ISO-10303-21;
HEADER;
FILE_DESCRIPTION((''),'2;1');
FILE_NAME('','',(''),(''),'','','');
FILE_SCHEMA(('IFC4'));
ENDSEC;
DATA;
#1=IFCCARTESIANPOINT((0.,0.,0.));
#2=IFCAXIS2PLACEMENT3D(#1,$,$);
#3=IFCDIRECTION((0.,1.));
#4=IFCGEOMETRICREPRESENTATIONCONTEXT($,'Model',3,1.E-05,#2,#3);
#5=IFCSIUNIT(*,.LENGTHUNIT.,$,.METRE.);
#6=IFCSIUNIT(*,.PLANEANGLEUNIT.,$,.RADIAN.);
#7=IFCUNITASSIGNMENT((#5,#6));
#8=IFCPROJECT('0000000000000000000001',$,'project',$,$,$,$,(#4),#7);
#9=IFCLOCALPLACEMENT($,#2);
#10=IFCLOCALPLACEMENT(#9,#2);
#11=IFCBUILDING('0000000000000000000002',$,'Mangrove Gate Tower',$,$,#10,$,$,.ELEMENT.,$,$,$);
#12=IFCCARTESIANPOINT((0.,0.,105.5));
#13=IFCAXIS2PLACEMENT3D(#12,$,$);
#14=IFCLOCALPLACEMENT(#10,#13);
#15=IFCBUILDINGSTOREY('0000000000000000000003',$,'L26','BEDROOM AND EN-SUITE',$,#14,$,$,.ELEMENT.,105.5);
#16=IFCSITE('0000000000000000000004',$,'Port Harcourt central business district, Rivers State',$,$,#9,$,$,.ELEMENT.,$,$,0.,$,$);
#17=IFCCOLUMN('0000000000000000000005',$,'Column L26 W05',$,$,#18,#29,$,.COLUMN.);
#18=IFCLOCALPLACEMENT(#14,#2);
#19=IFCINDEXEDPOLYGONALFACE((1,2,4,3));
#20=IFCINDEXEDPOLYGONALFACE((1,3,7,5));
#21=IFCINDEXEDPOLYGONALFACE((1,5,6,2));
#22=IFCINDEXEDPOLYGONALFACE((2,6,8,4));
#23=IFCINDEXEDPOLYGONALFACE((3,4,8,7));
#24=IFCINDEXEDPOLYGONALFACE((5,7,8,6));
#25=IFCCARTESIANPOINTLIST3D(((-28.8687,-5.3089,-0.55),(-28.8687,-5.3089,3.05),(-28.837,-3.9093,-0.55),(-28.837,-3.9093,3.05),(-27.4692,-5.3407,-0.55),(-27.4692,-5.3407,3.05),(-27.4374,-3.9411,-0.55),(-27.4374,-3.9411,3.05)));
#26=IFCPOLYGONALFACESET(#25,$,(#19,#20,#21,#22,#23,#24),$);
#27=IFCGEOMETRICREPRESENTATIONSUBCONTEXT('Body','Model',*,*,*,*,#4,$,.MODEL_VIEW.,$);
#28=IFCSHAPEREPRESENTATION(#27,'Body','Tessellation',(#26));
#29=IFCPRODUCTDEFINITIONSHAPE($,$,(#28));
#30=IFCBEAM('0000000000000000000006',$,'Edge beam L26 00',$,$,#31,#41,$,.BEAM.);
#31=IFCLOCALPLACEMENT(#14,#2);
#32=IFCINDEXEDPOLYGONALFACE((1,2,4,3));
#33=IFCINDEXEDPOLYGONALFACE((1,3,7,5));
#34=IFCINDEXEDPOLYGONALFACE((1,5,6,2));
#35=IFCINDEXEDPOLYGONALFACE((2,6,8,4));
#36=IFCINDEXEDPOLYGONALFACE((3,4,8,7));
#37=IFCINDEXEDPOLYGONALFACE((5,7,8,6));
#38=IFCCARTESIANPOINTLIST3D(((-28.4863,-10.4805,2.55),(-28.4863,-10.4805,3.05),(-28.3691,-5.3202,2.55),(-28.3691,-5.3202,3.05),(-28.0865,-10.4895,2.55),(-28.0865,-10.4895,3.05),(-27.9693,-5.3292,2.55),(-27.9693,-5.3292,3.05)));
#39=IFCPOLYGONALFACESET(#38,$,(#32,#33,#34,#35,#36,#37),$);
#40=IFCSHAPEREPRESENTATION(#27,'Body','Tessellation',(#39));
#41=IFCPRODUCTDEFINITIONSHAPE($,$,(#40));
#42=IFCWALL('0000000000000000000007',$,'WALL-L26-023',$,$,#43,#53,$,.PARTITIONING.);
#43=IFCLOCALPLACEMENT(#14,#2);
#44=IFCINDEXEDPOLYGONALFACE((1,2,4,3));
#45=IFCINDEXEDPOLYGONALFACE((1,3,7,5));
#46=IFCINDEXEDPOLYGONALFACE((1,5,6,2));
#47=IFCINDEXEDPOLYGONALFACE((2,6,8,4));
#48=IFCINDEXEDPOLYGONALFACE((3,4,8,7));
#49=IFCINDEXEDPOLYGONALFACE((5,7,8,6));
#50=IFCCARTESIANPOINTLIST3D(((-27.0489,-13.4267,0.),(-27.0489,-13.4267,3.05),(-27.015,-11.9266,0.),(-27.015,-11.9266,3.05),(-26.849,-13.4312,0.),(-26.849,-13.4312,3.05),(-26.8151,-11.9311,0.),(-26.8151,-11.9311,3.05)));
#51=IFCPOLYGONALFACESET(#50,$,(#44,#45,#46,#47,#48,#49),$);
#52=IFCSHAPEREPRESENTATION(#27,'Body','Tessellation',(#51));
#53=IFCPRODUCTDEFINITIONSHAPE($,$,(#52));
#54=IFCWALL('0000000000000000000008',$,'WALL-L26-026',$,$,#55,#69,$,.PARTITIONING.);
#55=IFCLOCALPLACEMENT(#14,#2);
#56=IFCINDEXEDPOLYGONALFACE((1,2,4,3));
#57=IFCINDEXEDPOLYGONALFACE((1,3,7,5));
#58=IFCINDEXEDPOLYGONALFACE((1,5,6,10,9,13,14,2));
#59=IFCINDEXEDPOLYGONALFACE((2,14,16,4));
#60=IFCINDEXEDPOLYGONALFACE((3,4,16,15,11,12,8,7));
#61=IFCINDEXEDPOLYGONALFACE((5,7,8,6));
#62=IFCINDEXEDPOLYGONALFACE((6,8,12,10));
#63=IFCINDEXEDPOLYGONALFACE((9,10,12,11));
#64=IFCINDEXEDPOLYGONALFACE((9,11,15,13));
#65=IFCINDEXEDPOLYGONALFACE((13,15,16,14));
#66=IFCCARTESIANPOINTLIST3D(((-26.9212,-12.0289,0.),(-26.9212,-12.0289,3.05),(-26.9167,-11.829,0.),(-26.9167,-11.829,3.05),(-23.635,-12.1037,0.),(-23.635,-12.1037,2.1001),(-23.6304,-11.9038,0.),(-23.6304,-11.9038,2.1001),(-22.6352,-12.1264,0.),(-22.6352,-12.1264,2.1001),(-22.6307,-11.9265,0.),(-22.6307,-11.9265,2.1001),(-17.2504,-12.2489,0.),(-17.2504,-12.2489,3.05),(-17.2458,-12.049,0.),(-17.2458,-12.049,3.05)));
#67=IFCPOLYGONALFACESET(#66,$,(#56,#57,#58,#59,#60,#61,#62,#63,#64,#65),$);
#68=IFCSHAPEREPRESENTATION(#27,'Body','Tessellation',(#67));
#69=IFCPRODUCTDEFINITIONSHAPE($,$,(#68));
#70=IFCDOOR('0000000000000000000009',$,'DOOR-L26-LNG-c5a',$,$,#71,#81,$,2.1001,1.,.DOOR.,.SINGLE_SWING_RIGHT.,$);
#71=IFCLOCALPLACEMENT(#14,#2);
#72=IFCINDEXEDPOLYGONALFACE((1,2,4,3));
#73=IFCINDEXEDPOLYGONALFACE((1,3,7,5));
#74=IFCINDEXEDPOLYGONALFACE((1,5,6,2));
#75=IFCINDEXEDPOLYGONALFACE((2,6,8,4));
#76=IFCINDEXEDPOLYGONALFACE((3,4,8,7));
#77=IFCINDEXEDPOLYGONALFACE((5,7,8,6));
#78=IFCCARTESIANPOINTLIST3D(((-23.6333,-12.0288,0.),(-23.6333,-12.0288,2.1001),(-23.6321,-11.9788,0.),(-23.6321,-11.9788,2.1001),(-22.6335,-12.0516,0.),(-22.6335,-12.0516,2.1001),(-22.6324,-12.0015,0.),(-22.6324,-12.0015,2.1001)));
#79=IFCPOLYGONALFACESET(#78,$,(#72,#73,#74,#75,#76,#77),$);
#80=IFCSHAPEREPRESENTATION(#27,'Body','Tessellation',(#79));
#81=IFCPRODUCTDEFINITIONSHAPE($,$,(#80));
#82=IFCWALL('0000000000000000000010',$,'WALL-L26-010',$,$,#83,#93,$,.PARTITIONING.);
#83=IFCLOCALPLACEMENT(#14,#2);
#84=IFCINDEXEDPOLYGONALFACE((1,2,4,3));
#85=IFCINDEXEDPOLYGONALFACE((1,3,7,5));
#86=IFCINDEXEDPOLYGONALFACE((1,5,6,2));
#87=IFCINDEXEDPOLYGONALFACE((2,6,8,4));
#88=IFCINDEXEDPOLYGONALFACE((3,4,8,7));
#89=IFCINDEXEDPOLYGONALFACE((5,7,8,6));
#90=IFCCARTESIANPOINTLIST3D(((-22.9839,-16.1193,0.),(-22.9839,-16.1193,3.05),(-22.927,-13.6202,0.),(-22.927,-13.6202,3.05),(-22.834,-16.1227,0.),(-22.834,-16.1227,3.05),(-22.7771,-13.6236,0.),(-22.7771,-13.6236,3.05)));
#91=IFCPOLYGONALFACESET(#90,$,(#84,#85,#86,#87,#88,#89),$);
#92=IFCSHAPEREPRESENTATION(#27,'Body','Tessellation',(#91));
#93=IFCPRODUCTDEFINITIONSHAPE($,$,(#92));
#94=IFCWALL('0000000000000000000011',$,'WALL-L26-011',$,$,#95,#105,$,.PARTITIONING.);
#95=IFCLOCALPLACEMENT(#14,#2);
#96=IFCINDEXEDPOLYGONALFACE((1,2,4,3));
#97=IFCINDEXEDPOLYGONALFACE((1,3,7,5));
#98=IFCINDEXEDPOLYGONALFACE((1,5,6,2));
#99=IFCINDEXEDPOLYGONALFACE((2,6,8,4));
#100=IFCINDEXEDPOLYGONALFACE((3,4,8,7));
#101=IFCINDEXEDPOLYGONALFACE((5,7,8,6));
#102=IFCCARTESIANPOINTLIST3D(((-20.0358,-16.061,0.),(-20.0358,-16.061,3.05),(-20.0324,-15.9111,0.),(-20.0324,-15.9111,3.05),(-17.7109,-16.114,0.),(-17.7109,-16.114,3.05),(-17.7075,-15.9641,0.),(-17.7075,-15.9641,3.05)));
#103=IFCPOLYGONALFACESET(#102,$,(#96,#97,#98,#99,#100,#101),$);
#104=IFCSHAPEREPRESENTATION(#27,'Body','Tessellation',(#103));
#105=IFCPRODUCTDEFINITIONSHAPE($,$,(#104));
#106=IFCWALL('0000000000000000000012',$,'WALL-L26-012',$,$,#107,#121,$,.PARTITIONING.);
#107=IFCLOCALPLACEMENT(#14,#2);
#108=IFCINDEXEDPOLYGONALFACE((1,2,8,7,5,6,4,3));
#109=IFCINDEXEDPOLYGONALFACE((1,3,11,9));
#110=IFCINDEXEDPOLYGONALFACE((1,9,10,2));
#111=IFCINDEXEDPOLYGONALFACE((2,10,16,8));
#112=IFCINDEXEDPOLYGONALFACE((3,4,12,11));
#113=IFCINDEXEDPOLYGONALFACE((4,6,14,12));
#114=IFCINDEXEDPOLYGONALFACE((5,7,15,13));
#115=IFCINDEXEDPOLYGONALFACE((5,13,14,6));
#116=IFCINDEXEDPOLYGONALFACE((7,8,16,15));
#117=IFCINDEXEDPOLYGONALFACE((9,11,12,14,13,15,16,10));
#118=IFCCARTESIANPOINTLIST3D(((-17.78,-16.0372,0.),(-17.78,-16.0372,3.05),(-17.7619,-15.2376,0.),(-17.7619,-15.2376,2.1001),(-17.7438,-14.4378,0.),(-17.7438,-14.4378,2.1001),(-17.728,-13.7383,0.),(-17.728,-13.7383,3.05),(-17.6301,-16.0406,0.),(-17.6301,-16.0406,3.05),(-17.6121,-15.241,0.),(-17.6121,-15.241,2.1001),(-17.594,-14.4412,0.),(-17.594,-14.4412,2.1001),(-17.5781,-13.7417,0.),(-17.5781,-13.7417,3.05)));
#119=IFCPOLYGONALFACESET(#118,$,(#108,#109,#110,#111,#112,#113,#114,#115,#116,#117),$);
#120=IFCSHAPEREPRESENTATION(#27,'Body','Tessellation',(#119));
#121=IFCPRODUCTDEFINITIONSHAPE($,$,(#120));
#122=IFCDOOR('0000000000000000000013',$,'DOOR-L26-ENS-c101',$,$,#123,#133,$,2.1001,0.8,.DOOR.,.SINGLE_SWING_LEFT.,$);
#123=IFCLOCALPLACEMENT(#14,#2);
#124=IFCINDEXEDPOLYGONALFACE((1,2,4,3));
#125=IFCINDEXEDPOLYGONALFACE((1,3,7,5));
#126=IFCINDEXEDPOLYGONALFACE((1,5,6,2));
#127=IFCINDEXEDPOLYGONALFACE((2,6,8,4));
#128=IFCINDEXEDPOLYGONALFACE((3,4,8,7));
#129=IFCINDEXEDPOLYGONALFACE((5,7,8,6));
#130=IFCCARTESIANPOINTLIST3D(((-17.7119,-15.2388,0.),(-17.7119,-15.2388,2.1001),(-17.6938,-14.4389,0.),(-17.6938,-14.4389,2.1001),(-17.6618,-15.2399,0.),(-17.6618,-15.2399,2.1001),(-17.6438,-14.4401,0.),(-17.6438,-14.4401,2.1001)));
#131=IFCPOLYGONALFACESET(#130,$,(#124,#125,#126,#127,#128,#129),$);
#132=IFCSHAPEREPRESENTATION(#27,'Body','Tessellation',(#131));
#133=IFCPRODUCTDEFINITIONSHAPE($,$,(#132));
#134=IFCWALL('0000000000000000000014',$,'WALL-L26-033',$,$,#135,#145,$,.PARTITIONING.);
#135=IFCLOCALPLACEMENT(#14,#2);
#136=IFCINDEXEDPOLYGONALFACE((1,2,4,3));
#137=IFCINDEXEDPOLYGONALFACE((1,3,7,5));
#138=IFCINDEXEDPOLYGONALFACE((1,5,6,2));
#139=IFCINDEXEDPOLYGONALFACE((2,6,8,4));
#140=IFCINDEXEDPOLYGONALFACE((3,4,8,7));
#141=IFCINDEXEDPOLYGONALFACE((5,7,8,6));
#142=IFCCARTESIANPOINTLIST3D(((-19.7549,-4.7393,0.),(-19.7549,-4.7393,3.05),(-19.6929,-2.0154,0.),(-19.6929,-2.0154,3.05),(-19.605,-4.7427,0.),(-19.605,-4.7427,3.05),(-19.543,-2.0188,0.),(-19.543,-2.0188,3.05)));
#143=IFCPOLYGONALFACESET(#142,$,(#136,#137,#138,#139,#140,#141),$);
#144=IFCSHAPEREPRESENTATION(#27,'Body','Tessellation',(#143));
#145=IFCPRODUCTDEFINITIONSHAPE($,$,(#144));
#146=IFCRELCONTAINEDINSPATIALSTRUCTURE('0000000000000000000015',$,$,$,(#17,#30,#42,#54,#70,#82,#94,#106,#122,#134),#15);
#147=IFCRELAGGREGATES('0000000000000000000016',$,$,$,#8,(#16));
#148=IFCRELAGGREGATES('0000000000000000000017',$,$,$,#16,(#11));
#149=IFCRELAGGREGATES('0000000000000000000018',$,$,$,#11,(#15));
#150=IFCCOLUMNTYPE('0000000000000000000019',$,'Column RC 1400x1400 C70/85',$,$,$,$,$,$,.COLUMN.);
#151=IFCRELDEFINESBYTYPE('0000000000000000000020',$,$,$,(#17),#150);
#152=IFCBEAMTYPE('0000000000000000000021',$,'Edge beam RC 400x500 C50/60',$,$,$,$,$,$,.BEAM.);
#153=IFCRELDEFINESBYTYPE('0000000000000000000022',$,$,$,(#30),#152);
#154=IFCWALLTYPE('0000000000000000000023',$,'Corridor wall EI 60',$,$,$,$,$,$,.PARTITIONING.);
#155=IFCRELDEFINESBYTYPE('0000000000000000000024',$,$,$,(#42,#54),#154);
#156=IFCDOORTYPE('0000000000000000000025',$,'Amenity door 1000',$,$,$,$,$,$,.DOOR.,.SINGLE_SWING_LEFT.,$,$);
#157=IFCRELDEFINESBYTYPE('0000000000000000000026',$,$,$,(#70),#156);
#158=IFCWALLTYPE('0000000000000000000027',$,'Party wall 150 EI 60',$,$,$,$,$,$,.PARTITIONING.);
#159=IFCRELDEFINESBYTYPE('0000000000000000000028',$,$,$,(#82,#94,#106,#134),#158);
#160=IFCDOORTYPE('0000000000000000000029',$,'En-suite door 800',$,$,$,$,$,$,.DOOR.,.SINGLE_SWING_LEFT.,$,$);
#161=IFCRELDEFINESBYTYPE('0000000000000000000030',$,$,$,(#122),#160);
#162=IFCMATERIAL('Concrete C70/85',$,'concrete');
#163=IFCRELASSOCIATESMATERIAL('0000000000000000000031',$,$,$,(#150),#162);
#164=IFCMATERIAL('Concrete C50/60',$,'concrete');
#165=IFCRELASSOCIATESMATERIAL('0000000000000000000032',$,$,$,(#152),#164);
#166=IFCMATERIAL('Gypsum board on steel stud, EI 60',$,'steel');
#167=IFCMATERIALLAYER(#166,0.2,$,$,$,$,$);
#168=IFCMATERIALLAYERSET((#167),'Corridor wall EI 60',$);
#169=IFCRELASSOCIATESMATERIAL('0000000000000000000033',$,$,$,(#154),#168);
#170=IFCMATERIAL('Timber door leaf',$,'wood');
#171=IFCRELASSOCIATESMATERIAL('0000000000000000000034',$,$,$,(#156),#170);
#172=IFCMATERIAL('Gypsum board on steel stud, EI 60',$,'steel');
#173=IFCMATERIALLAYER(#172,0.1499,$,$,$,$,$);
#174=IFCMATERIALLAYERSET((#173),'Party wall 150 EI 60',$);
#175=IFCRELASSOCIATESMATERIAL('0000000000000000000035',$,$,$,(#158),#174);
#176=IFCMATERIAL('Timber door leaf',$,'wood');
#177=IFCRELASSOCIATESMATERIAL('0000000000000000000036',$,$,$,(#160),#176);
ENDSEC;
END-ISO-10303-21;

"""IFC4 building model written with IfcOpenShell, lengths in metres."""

from ifc_helpers import new_model, si_unit, direction, frame, frame_2d, origin, origin_2d, place, context, subcontext, project, spatial, rectangle, extrude, material, layer, layer_set, material_profile, profile_set, type_object, element, fill, save


model = new_model("IFC4")

# Units and contexts
model_context = context("Model", 3, precision=1e-05, world=origin(), true_north=direction((0.0, 1.0)))
body_context = subcontext(model_context, "Body", "Model", "MODEL_VIEW")
ifc_project = project(units=[si_unit("LENGTHUNIT", "METRE"), si_unit("PLANEANGLEUNIT", "RADIAN")], contexts=[model_context])

# Site, building, storey
site_placement = place(None, origin())
site = spatial("IfcSite", under=ifc_project, at=site_placement, Name="Port Harcourt central business district, Rivers State", CompositionType="ELEMENT", RefElevation=0.0)
building_placement = place(site_placement, origin())
building = spatial("IfcBuilding", under=site, at=building_placement, Name="Mangrove Gate Tower", CompositionType="ELEMENT")
storey_placement = place(building_placement, frame((0.0, 0.0, 105.5)))
storey = spatial("IfcBuildingStorey", under=building, at=storey_placement, Name="L26", Description="BEDROOM AND EN-SUITE", CompositionType="ELEMENT", Elevation=105.5)

# Column
ifc_material_1 = material(Name="Concrete C70/85", Category="concrete")
ifc_material_profile_1 = material_profile(ifc_material_1, rectangle(XDim=1.3999, YDim=1.3999, at=origin_2d()))
ifc_profile_set_1 = profile_set([ifc_material_profile_1], Name="Concrete C70/85")
column_type = type_object("IfcColumnType", Name="Column RC 1400x1400 C70/85", PredefinedType="COLUMN", material=ifc_profile_set_1)
column_placement = place(storey_placement, frame((-28.1531, -4.625, -0.55), z_axis=(0.0, 0.0, 1.0), x_axis=(-0.022696, -0.999742, 0.0)))
element("IfcColumn", 1, at=column_placement, inside=storey, type_object=column_type, Name="Column L26 W05", PredefinedType="COLUMN", context=body_context, shape_type="SweptSolid", body=[
    extrude(rectangle(XDim=1.3999, YDim=1.3999, at=origin_2d()), origin(), (0.0, 0.0, 1.0), 3.6001),
])

# Beam
ifc_material_2 = material(Name="Concrete C50/60", Category="concrete")
ifc_material_profile_2 = material_profile(ifc_material_2, rectangle(XDim=0.3999, YDim=0.5, at=origin_2d()))
ifc_profile_set_2 = profile_set([ifc_material_profile_2], Name="Concrete C50/60")
beam_type = type_object("IfcBeamType", Name="Edge beam RC 400x500 C50/60", PredefinedType="BEAM", material=ifc_profile_set_2)
beam_placement = place(storey_placement, frame((-28.1692, -5.3247, 2.8), z_axis=(-0.022703, -0.999742, 0.0), x_axis=(0.999742, -0.022703, 0.0)))
element("IfcBeam", 2, at=beam_placement, inside=storey, type_object=beam_type, Name="Edge beam L26 00", PredefinedType="BEAM", context=body_context, shape_type="SweptSolid", body=[
    extrude(rectangle(XDim=0.3999, YDim=0.5, at=origin_2d()), origin(), (0.0, 0.0, 1.0), 5.1616),
])

# Shared definitions
ifc_material_3 = material(Name="Gypsum board on steel stud, EI 60", Category="steel")
ifc_layer_1 = layer(ifc_material_3, 0.2)
ifc_layer_set_1 = layer_set([ifc_layer_1], Name="Corridor wall EI 60")
wall_type_1 = type_object("IfcWallType", Name="Corridor wall EI 60", PredefinedType="PARTITIONING", material=ifc_layer_set_1)
ifc_material_4 = material(Name="Timber door leaf", Category="wood")
door_type_1 = type_object("IfcDoorType", Name="Amenity door 1000", OperationType="SINGLE_SWING_LEFT", PredefinedType="DOOR", material=ifc_material_4)

# Wall
wall_1_placement = place(storey_placement, frame((-26.949, -13.429, 0.0), z_axis=(0.0, 0.0, 1.0), x_axis=(0.022618, 0.999744, 0.0)))
element("IfcWall", 3, at=wall_1_placement, inside=storey, type_object=wall_type_1, Name="WALL-L26-023", PredefinedType="PARTITIONING", context=body_context, shape_type="SweptSolid", body=[
    extrude(rectangle(XDim=1.5005, YDim=0.2, at=frame_2d((0.7502, 0.0))), origin(), (0.0, 0.0, 1.0), 3.05),
])

# Wall, opening, door
wall_2_placement = place(storey_placement, frame((-26.9189, -11.929, 0.0), z_axis=(0.0, 0.0, 1.0), x_axis=(0.999741, -0.02274, 0.0)))
wall_2 = element("IfcWall", 4, at=wall_2_placement, inside=storey, type_object=wall_type_1, Name="WALL-L26-026", PredefinedType="PARTITIONING", context=body_context, shape_type="SweptSolid", body=[
    extrude(rectangle(XDim=9.6733, YDim=0.2, at=frame_2d((4.8367, 0.0))), origin(), (0.0, 0.0, 1.0), 3.05),
])
opening_1_placement = place(wall_2_placement, frame((3.2871, 0.0, 0.0)))
opening_1 = element("IfcOpeningElement", 5, at=opening_1_placement, cuts=wall_2, PredefinedType="OPENING", context=body_context, shape_type="SweptSolid", body=[
    extrude(rectangle(XDim=1.0, YDim=2.1001, at=frame_2d((0.5, 1.05))), frame((0.0, 0.1099, 0.0), z_axis=(0.0, -1.0, 0.0), x_axis=(1.0, 0.0, 0.0)), (0.0, 0.0, 1.0), 0.22),
])
door_1_placement = place(opening_1_placement, origin())
door_1 = element("IfcDoor", 6, at=door_1_placement, inside=storey, type_object=door_type_1, Name="DOOR-L26-LNG-c5a", OperationType="SINGLE_SWING_RIGHT", OverallHeight=2.1001, OverallWidth=1.0, PredefinedType="DOOR", context=body_context, shape_type="SweptSolid", body=[
    extrude(rectangle(XDim=1.0, YDim=2.1001, at=frame_2d((0.5, 1.05))), frame((0.0, 0.0249, 0.0), z_axis=(0.0, -1.0, 0.0), x_axis=(1.0, 0.0, 0.0)), (0.0, 0.0, 1.0), 0.05),
])
fill(opening_1, door_1)

# Walls
ifc_material_5 = material(Name="Gypsum board on steel stud, EI 60", Category="steel")
ifc_layer_2 = layer(ifc_material_5, 0.1499)
ifc_layer_set_2 = layer_set([ifc_layer_2], Name="Party wall 150 EI 60")
wall_type_2 = type_object("IfcWallType", Name="Party wall 150 EI 60", PredefinedType="PARTITIONING", material=ifc_layer_set_2)
wall_3_placement = place(storey_placement, frame((-22.9089, -16.1211, 0.0), z_axis=(0.0, 0.0, 1.0), x_axis=(0.022757, 0.999741, 0.0)))
element("IfcWall", 7, at=wall_3_placement, inside=storey, type_object=wall_type_2, Name="WALL-L26-010", PredefinedType="PARTITIONING", context=body_context, shape_type="SweptSolid", body=[
    extrude(rectangle(XDim=2.4998, YDim=0.1499, at=frame_2d((1.25, 0.0))), origin(), (0.0, 0.0, 1.0), 3.05),
])
wall_4_placement = place(storey_placement, frame((-20.0339, -15.9861, 0.0), z_axis=(0.0, 0.0, 1.0), x_axis=(0.99974, -0.022781, 0.0)))
element("IfcWall", 8, at=wall_4_placement, inside=storey, type_object=wall_type_2, Name="WALL-L26-011", PredefinedType="PARTITIONING", context=body_context, shape_type="SweptSolid", body=[
    extrude(rectangle(XDim=2.3254, YDim=0.1499, at=frame_2d((1.1626, 0.0))), origin(), (0.0, 0.0, 1.0), 3.05),
])

# Wall, opening, door
wall_5_placement = place(storey_placement, frame((-17.7051, -16.0391, 0.0), z_axis=(0.0, 0.0, 1.0), x_axis=(0.022613, 0.999744, 0.0)))
wall_5 = element("IfcWall", 9, at=wall_5_placement, inside=storey, type_object=wall_type_2, Name="WALL-L26-012", PredefinedType="PARTITIONING", context=body_context, shape_type="SweptSolid", body=[
    extrude(rectangle(XDim=2.2996, YDim=0.1499, at=frame_2d((1.1499, 0.0))), origin(), (0.0, 0.0, 1.0), 3.05),
])
opening_2_placement = place(wall_5_placement, frame((0.8, 0.0, 0.0)))
opening_2 = element("IfcOpeningElement", 10, at=opening_2_placement, cuts=wall_5, PredefinedType="OPENING", context=body_context, shape_type="SweptSolid", body=[
    extrude(rectangle(XDim=0.8, YDim=2.1001, at=frame_2d((0.3999, 1.05))), frame((0.0, 0.085, 0.0), z_axis=(0.0, -1.0, 0.0), x_axis=(1.0, 0.0, 0.0)), (0.0, 0.0, 1.0), 0.1699),
])
ifc_material_6 = material(Name="Timber door leaf", Category="wood")
door_type_2 = type_object("IfcDoorType", Name="En-suite door 800", OperationType="SINGLE_SWING_LEFT", PredefinedType="DOOR", material=ifc_material_6)
door_2_placement = place(opening_2_placement, origin())
door_2 = element("IfcDoor", 11, at=door_2_placement, inside=storey, type_object=door_type_2, Name="DOOR-L26-ENS-c101", OperationType="SINGLE_SWING_LEFT", OverallHeight=2.1001, OverallWidth=0.8, PredefinedType="DOOR", context=body_context, shape_type="SweptSolid", body=[
    extrude(rectangle(XDim=0.8, YDim=2.1001, at=frame_2d((0.3999, 1.05))), frame((0.0, 0.0249, 0.0), z_axis=(0.0, -1.0, 0.0), x_axis=(1.0, 0.0, 0.0)), (0.0, 0.0, 1.0), 0.05),
])
fill(opening_2, door_2)

# Wall
wall_6_placement = place(storey_placement, frame((-19.6799, -4.741, 0.0), z_axis=(0.0, 0.0, 1.0), x_axis=(0.02276, 0.999741, 0.0)))
element("IfcWall", 12, at=wall_6_placement, inside=storey, type_object=wall_type_2, Name="WALL-L26-033", PredefinedType="PARTITIONING", context=body_context, shape_type="SweptSolid", body=[
    extrude(rectangle(XDim=2.7246, YDim=0.1499, at=frame_2d((1.3623, 0.0))), origin(), (0.0, 0.0, 1.0), 3.05),
])

save(model, "model.ifc")
